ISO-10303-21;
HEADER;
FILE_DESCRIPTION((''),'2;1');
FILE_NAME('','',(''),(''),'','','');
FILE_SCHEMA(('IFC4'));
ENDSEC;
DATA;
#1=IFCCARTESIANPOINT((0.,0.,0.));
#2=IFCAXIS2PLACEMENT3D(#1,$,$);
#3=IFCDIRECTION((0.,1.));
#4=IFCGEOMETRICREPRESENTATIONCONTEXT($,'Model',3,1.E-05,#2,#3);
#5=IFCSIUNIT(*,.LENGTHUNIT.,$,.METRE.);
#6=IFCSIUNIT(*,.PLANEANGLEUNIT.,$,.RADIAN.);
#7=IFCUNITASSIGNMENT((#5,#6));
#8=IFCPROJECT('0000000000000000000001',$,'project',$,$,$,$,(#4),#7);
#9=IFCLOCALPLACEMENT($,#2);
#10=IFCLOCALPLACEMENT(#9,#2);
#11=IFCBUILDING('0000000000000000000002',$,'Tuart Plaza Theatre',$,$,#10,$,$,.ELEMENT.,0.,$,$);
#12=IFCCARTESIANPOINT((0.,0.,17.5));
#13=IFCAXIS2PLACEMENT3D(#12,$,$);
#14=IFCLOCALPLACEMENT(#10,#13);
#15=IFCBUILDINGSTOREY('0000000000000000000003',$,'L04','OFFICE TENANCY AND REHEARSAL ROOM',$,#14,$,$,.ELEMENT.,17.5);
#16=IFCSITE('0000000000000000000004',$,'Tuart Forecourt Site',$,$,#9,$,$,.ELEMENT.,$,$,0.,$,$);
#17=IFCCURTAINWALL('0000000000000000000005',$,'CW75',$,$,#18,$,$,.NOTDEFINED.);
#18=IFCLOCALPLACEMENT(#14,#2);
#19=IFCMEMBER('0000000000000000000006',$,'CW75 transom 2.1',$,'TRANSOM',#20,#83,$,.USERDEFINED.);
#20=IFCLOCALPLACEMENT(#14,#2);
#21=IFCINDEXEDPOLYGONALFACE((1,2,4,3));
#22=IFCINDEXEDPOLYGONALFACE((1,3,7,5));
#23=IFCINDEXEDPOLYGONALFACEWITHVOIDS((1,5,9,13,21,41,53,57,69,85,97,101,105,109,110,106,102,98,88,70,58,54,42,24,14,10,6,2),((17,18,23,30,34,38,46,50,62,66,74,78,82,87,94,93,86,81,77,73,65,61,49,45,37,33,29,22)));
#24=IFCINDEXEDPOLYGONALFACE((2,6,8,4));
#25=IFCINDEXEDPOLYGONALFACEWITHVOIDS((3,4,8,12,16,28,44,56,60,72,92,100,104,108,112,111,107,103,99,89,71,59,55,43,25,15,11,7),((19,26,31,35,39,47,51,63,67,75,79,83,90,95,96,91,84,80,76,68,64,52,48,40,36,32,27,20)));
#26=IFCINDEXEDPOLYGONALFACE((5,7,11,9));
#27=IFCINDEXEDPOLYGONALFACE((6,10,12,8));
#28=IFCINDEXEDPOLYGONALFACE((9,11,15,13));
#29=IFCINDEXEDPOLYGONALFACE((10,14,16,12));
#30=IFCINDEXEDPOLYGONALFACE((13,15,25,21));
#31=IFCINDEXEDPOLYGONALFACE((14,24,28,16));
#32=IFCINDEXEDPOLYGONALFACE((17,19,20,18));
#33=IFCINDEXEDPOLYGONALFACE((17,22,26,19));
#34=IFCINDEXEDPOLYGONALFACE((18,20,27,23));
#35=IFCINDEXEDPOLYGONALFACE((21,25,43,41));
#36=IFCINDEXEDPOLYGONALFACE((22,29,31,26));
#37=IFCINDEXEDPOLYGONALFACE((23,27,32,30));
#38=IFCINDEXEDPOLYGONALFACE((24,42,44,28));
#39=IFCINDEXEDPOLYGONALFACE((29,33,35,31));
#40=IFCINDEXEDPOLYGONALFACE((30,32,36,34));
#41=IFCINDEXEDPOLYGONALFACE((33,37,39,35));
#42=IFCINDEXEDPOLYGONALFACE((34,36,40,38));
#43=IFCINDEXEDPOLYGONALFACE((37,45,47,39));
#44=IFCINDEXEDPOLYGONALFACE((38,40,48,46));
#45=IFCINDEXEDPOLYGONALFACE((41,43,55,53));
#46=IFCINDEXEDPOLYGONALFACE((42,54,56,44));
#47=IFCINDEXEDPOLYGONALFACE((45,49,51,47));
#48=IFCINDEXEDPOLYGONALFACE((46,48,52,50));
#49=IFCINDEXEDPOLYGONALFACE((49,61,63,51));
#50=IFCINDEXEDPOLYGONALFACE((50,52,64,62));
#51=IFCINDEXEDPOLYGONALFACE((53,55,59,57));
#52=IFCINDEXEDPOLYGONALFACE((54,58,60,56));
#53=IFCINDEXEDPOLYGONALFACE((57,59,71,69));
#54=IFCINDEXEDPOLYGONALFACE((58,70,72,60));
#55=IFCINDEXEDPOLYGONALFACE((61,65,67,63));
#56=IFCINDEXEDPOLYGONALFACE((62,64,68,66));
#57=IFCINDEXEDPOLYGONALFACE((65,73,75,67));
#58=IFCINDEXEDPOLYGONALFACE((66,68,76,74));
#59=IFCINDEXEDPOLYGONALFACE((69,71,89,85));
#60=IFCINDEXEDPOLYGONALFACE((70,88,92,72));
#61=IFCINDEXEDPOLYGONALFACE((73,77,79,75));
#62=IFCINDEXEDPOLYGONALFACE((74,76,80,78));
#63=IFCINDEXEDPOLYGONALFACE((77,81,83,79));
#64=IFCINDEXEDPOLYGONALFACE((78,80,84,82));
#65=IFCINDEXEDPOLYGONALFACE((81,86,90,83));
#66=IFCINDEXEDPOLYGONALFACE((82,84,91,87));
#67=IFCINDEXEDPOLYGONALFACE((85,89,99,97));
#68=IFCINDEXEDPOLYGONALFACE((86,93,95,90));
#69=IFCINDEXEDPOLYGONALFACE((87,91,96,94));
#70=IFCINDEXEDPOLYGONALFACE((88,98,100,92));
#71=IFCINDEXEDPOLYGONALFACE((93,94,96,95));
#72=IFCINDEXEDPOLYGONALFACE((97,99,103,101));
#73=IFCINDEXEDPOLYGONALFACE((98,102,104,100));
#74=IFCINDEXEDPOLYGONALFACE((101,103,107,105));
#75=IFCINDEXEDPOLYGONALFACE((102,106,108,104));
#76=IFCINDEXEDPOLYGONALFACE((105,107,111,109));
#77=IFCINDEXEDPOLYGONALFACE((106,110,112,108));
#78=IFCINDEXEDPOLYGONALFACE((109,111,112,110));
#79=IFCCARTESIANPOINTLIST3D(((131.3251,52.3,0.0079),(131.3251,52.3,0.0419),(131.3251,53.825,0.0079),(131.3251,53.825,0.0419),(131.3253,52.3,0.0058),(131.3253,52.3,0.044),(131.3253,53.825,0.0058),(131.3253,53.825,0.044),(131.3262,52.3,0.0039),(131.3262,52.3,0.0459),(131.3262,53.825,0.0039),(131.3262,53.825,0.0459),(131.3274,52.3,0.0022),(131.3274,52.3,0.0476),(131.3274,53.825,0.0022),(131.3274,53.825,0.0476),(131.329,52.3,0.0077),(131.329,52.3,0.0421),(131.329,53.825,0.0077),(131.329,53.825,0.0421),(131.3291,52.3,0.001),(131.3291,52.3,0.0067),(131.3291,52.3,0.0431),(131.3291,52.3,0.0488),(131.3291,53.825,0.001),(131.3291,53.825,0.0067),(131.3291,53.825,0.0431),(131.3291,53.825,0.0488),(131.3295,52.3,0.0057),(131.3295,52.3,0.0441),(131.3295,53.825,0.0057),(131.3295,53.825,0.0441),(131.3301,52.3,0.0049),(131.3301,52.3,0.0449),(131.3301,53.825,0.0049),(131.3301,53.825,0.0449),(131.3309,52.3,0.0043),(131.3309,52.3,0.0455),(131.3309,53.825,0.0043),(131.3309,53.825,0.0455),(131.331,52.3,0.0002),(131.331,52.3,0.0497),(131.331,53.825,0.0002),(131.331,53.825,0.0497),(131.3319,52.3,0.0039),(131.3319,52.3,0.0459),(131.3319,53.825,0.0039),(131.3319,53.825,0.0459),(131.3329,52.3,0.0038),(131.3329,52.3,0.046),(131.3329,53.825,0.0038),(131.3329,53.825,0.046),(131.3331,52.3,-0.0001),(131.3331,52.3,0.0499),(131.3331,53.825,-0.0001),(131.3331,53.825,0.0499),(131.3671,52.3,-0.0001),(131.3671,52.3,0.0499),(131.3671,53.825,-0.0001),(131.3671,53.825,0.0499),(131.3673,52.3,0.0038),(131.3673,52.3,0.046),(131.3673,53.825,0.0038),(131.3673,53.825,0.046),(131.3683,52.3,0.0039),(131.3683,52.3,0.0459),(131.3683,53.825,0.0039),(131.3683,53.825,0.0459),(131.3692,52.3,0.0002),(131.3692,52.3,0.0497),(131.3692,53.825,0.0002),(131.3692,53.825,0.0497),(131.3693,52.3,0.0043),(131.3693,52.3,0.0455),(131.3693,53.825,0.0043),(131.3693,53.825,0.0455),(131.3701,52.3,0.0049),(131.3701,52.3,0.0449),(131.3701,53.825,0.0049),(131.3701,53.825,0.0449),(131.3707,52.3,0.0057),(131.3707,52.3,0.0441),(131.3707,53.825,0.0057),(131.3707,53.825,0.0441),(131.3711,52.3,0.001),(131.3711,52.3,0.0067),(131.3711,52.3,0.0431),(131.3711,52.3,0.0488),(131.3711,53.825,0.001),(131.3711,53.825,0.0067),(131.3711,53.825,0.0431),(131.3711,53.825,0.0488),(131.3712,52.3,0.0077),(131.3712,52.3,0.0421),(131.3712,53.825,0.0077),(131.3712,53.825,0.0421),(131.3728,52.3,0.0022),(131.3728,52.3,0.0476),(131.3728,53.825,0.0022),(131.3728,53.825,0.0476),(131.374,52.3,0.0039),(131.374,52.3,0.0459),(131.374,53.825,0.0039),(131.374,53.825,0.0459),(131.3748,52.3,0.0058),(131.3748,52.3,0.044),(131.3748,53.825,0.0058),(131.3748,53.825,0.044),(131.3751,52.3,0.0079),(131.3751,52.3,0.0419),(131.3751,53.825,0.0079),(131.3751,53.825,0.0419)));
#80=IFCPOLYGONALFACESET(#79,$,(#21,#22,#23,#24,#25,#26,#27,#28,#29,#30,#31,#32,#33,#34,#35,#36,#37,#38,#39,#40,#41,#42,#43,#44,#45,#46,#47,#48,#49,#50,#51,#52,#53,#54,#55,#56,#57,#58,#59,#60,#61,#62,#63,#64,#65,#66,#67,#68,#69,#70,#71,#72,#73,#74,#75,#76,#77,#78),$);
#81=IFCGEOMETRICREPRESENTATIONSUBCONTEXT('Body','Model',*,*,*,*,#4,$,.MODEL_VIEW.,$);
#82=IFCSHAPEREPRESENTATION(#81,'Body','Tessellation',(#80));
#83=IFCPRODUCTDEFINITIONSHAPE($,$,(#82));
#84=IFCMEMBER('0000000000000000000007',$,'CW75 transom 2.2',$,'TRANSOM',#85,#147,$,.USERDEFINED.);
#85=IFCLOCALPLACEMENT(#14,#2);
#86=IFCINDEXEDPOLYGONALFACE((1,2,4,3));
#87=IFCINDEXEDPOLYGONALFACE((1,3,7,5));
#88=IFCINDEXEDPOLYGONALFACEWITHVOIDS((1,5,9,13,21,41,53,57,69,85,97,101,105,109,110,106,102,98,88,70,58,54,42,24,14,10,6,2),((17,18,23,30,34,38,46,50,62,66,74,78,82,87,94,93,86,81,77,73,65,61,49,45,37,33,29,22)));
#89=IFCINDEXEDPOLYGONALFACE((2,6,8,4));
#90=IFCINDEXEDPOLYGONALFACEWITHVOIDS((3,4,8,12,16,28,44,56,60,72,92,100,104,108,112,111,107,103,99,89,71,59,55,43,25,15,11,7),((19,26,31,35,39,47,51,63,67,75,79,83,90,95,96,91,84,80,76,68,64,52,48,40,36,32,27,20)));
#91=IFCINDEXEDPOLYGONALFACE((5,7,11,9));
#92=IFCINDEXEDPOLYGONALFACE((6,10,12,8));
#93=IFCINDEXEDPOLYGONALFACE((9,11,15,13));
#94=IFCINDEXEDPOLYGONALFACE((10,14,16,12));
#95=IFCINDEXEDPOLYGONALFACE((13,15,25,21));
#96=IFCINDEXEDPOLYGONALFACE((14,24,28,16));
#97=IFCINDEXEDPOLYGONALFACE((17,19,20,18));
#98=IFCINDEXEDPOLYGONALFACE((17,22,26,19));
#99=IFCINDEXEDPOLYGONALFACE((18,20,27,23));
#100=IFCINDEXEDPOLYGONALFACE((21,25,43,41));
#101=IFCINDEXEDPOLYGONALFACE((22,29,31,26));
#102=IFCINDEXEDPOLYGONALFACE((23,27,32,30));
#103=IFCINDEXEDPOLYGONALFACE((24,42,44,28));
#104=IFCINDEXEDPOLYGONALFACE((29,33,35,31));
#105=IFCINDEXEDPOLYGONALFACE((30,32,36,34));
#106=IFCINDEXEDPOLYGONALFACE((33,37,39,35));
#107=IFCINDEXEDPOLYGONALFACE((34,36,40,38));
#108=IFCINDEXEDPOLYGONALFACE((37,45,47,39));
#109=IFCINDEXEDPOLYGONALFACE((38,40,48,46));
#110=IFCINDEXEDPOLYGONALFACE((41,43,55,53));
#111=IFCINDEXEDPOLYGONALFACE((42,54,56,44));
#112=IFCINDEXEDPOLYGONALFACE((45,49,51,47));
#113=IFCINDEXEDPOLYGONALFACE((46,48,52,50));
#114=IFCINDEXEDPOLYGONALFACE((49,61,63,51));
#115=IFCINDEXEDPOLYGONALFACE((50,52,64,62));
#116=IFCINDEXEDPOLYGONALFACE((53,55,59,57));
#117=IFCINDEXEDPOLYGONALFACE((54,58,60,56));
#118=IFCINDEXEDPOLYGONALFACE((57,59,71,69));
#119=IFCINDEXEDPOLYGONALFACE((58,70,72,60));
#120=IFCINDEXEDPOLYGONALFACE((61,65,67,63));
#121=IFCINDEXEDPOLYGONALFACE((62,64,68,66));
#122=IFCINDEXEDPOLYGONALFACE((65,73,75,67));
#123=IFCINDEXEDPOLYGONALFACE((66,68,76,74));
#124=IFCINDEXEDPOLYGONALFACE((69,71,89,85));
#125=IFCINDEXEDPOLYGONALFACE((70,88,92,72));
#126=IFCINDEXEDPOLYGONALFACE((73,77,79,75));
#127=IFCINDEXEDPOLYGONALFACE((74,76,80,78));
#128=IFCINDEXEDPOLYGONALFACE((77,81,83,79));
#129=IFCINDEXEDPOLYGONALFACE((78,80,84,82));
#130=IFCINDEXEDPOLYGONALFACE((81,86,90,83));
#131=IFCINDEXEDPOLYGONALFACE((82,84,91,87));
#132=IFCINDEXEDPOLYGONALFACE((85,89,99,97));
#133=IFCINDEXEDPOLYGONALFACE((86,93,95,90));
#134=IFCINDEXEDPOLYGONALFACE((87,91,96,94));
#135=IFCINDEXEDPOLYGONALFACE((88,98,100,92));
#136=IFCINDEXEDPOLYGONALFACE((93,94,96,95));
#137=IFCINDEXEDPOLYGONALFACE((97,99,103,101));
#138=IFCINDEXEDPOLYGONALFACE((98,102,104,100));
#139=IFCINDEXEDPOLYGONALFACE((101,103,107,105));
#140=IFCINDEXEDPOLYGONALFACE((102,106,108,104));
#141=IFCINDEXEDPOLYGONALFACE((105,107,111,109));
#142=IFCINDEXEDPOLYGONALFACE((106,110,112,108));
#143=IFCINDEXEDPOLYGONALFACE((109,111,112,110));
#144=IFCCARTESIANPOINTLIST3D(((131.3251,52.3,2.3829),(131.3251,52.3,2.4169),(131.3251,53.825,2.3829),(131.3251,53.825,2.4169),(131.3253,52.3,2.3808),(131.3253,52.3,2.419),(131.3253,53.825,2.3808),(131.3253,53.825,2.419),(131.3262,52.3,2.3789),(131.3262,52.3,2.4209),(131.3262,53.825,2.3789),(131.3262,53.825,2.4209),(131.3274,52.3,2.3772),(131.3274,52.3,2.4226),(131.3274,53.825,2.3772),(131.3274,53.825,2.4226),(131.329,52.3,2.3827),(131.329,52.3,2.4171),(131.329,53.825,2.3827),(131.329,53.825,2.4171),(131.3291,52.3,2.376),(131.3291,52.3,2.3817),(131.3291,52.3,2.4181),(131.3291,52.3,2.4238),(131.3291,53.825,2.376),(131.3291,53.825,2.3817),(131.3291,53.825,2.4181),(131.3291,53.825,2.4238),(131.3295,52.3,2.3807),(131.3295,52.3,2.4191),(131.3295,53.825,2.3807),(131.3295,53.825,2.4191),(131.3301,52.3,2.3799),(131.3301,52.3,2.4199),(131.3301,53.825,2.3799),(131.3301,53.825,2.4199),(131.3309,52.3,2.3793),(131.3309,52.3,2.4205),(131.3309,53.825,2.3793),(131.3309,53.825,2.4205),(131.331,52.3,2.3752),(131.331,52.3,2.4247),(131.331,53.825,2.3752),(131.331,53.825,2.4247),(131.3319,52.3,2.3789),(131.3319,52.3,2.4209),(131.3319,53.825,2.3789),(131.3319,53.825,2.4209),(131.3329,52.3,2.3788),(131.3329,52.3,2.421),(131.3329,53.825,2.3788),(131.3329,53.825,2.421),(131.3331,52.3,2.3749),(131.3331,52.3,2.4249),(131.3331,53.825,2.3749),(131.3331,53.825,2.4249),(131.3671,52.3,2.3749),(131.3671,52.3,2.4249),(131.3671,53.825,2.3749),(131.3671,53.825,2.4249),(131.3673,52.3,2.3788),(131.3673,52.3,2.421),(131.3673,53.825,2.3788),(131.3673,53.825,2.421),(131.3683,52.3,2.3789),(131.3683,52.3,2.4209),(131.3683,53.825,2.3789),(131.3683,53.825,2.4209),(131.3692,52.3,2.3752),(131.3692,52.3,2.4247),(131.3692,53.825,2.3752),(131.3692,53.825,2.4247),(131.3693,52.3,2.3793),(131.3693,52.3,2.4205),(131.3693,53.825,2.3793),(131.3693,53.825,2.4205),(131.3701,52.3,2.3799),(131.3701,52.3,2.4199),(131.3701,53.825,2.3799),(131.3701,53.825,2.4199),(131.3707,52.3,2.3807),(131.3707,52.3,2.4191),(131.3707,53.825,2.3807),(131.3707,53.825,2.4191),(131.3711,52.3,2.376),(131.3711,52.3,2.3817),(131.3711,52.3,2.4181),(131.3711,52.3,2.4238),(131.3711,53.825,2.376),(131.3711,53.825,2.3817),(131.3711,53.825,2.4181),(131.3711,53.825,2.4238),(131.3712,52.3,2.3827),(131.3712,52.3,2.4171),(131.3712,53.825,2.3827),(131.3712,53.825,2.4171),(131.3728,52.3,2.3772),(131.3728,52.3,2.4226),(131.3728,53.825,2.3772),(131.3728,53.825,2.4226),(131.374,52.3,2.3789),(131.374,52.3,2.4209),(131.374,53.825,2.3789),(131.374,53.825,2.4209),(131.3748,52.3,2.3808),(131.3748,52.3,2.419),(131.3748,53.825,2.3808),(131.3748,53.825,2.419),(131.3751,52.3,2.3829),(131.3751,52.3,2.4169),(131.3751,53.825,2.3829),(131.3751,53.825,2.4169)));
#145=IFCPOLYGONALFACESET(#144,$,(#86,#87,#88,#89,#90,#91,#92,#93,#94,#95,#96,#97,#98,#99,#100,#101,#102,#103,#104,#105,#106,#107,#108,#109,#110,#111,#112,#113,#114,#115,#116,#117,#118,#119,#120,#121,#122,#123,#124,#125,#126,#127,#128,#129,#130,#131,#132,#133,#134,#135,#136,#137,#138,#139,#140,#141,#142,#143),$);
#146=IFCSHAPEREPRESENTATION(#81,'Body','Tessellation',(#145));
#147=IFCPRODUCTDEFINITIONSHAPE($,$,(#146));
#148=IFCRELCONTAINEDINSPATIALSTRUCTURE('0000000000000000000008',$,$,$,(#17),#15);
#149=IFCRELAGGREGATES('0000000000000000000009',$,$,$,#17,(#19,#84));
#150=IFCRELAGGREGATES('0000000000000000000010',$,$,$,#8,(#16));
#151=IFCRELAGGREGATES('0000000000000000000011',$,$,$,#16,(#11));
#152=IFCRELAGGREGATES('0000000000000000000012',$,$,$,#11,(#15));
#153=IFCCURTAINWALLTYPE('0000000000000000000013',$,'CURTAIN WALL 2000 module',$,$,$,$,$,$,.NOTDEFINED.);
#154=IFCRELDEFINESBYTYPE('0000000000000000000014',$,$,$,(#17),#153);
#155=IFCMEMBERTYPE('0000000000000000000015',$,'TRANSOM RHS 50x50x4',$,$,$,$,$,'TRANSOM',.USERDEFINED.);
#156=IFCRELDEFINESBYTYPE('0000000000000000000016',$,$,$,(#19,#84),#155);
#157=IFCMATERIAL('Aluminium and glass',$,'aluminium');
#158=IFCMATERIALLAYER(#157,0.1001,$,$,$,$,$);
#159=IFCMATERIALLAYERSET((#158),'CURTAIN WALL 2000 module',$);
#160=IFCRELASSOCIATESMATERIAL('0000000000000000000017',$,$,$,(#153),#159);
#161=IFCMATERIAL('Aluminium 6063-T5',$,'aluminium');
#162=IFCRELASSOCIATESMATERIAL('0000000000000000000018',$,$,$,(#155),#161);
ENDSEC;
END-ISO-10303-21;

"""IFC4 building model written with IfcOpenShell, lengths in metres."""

from ifc_helpers import new_model, si_unit, direction, frame, origin, origin_2d, place, context, subcontext, project, spatial, hollow_rectangle, extrude, material, layer, layer_set, material_profile, profile_set, type_object, element, aggregate, save


model = new_model("IFC4")

# Units and contexts
model_context = context("Model", 3, precision=1e-05, world=origin(), true_north=direction((0.0, 1.0)))
body_context = subcontext(model_context, "Body", "Model", "MODEL_VIEW")
ifc_project = project(units=[si_unit("LENGTHUNIT", "METRE"), si_unit("PLANEANGLEUNIT", "RADIAN")], contexts=[model_context])

# Site, building, storey
site_placement = place(None, origin())
site = spatial("IfcSite", under=ifc_project, at=site_placement, Name="Tuart Forecourt Site", CompositionType="ELEMENT", RefElevation=0.0)
building_placement = place(site_placement, origin())
building = spatial("IfcBuilding", under=site, at=building_placement, Name="Tuart Plaza Theatre", CompositionType="ELEMENT", ElevationOfRefHeight=0.0)
storey_placement = place(building_placement, frame((0.0, 0.0, 17.5)))
storey = spatial("IfcBuildingStorey", under=building, at=storey_placement, Name="L04", Description="OFFICE TENANCY AND REHEARSAL ROOM", CompositionType="ELEMENT", Elevation=17.5)

# Curtain wall
ifc_material_1 = material(Name="Aluminium and glass", Category="aluminium")
ifc_layer_1 = layer(ifc_material_1, 0.1001)
ifc_layer_set_1 = layer_set([ifc_layer_1], Name="CURTAIN WALL 2000 module")
curtain_wall_type = type_object("IfcCurtainWallType", Name="CURTAIN WALL 2000 module", PredefinedType="NOTDEFINED", material=ifc_layer_set_1)
curtain_wall_1_placement = place(storey_placement, origin())
curtain_wall_1 = element("IfcCurtainWall", 1, at=curtain_wall_1_placement, inside=storey, type_object=curtain_wall_type, Name="CW75", PredefinedType="NOTDEFINED")

# Members
ifc_material_2 = material(Name="Aluminium 6063-T5", Category="aluminium")
ifc_material_profile_1 = material_profile(ifc_material_2, hollow_rectangle(XDim=0.05, YDim=0.05, WallThickness=0.0039, InnerFilletRadius=0.0039, OuterFilletRadius=0.0081, at=origin_2d()), Name="RHS 50x50x4")
ifc_profile_set_1 = profile_set([ifc_material_profile_1], Name="Aluminium 6063-T5")
member_type_1 = type_object("IfcMemberType", Name="TRANSOM RHS 50x50x4", ElementType="TRANSOM", PredefinedType="USERDEFINED", material=ifc_profile_set_1)
member_1_placement = place(storey_placement, frame((131.3501, 53.825, 0.0249), z_axis=(0.0, -1.0, 0.0), x_axis=(1.0, 0.0, 0.0)))
member_1 = element("IfcMember", 2, at=member_1_placement, type_object=member_type_1, Name="CW75 transom 2.1", ObjectType="TRANSOM", PredefinedType="USERDEFINED", context=body_context, shape_type="SweptSolid", body=[
    extrude(hollow_rectangle(XDim=0.05, YDim=0.05, WallThickness=0.0039, InnerFilletRadius=0.0039, OuterFilletRadius=0.0081, at=origin_2d()), origin(), (0.0, 0.0, 1.0), 1.5249),
])
member_2_placement = place(storey_placement, frame((131.3501, 53.825, 2.3999), z_axis=(0.0, -1.0, 0.0), x_axis=(1.0, 0.0, 0.0)))
member_2 = element("IfcMember", 3, at=member_2_placement, type_object=member_type_1, Name="CW75 transom 2.2", ObjectType="TRANSOM", PredefinedType="USERDEFINED", context=body_context, shape_type="SweptSolid", body=[
    extrude(hollow_rectangle(XDim=0.05, YDim=0.05, WallThickness=0.0039, InnerFilletRadius=0.0039, OuterFilletRadius=0.0081, at=origin_2d()), origin(), (0.0, 0.0, 1.0), 1.5249),
])

aggregate(curtain_wall_1, [member_1, member_2])

save(model, "model.ifc")
